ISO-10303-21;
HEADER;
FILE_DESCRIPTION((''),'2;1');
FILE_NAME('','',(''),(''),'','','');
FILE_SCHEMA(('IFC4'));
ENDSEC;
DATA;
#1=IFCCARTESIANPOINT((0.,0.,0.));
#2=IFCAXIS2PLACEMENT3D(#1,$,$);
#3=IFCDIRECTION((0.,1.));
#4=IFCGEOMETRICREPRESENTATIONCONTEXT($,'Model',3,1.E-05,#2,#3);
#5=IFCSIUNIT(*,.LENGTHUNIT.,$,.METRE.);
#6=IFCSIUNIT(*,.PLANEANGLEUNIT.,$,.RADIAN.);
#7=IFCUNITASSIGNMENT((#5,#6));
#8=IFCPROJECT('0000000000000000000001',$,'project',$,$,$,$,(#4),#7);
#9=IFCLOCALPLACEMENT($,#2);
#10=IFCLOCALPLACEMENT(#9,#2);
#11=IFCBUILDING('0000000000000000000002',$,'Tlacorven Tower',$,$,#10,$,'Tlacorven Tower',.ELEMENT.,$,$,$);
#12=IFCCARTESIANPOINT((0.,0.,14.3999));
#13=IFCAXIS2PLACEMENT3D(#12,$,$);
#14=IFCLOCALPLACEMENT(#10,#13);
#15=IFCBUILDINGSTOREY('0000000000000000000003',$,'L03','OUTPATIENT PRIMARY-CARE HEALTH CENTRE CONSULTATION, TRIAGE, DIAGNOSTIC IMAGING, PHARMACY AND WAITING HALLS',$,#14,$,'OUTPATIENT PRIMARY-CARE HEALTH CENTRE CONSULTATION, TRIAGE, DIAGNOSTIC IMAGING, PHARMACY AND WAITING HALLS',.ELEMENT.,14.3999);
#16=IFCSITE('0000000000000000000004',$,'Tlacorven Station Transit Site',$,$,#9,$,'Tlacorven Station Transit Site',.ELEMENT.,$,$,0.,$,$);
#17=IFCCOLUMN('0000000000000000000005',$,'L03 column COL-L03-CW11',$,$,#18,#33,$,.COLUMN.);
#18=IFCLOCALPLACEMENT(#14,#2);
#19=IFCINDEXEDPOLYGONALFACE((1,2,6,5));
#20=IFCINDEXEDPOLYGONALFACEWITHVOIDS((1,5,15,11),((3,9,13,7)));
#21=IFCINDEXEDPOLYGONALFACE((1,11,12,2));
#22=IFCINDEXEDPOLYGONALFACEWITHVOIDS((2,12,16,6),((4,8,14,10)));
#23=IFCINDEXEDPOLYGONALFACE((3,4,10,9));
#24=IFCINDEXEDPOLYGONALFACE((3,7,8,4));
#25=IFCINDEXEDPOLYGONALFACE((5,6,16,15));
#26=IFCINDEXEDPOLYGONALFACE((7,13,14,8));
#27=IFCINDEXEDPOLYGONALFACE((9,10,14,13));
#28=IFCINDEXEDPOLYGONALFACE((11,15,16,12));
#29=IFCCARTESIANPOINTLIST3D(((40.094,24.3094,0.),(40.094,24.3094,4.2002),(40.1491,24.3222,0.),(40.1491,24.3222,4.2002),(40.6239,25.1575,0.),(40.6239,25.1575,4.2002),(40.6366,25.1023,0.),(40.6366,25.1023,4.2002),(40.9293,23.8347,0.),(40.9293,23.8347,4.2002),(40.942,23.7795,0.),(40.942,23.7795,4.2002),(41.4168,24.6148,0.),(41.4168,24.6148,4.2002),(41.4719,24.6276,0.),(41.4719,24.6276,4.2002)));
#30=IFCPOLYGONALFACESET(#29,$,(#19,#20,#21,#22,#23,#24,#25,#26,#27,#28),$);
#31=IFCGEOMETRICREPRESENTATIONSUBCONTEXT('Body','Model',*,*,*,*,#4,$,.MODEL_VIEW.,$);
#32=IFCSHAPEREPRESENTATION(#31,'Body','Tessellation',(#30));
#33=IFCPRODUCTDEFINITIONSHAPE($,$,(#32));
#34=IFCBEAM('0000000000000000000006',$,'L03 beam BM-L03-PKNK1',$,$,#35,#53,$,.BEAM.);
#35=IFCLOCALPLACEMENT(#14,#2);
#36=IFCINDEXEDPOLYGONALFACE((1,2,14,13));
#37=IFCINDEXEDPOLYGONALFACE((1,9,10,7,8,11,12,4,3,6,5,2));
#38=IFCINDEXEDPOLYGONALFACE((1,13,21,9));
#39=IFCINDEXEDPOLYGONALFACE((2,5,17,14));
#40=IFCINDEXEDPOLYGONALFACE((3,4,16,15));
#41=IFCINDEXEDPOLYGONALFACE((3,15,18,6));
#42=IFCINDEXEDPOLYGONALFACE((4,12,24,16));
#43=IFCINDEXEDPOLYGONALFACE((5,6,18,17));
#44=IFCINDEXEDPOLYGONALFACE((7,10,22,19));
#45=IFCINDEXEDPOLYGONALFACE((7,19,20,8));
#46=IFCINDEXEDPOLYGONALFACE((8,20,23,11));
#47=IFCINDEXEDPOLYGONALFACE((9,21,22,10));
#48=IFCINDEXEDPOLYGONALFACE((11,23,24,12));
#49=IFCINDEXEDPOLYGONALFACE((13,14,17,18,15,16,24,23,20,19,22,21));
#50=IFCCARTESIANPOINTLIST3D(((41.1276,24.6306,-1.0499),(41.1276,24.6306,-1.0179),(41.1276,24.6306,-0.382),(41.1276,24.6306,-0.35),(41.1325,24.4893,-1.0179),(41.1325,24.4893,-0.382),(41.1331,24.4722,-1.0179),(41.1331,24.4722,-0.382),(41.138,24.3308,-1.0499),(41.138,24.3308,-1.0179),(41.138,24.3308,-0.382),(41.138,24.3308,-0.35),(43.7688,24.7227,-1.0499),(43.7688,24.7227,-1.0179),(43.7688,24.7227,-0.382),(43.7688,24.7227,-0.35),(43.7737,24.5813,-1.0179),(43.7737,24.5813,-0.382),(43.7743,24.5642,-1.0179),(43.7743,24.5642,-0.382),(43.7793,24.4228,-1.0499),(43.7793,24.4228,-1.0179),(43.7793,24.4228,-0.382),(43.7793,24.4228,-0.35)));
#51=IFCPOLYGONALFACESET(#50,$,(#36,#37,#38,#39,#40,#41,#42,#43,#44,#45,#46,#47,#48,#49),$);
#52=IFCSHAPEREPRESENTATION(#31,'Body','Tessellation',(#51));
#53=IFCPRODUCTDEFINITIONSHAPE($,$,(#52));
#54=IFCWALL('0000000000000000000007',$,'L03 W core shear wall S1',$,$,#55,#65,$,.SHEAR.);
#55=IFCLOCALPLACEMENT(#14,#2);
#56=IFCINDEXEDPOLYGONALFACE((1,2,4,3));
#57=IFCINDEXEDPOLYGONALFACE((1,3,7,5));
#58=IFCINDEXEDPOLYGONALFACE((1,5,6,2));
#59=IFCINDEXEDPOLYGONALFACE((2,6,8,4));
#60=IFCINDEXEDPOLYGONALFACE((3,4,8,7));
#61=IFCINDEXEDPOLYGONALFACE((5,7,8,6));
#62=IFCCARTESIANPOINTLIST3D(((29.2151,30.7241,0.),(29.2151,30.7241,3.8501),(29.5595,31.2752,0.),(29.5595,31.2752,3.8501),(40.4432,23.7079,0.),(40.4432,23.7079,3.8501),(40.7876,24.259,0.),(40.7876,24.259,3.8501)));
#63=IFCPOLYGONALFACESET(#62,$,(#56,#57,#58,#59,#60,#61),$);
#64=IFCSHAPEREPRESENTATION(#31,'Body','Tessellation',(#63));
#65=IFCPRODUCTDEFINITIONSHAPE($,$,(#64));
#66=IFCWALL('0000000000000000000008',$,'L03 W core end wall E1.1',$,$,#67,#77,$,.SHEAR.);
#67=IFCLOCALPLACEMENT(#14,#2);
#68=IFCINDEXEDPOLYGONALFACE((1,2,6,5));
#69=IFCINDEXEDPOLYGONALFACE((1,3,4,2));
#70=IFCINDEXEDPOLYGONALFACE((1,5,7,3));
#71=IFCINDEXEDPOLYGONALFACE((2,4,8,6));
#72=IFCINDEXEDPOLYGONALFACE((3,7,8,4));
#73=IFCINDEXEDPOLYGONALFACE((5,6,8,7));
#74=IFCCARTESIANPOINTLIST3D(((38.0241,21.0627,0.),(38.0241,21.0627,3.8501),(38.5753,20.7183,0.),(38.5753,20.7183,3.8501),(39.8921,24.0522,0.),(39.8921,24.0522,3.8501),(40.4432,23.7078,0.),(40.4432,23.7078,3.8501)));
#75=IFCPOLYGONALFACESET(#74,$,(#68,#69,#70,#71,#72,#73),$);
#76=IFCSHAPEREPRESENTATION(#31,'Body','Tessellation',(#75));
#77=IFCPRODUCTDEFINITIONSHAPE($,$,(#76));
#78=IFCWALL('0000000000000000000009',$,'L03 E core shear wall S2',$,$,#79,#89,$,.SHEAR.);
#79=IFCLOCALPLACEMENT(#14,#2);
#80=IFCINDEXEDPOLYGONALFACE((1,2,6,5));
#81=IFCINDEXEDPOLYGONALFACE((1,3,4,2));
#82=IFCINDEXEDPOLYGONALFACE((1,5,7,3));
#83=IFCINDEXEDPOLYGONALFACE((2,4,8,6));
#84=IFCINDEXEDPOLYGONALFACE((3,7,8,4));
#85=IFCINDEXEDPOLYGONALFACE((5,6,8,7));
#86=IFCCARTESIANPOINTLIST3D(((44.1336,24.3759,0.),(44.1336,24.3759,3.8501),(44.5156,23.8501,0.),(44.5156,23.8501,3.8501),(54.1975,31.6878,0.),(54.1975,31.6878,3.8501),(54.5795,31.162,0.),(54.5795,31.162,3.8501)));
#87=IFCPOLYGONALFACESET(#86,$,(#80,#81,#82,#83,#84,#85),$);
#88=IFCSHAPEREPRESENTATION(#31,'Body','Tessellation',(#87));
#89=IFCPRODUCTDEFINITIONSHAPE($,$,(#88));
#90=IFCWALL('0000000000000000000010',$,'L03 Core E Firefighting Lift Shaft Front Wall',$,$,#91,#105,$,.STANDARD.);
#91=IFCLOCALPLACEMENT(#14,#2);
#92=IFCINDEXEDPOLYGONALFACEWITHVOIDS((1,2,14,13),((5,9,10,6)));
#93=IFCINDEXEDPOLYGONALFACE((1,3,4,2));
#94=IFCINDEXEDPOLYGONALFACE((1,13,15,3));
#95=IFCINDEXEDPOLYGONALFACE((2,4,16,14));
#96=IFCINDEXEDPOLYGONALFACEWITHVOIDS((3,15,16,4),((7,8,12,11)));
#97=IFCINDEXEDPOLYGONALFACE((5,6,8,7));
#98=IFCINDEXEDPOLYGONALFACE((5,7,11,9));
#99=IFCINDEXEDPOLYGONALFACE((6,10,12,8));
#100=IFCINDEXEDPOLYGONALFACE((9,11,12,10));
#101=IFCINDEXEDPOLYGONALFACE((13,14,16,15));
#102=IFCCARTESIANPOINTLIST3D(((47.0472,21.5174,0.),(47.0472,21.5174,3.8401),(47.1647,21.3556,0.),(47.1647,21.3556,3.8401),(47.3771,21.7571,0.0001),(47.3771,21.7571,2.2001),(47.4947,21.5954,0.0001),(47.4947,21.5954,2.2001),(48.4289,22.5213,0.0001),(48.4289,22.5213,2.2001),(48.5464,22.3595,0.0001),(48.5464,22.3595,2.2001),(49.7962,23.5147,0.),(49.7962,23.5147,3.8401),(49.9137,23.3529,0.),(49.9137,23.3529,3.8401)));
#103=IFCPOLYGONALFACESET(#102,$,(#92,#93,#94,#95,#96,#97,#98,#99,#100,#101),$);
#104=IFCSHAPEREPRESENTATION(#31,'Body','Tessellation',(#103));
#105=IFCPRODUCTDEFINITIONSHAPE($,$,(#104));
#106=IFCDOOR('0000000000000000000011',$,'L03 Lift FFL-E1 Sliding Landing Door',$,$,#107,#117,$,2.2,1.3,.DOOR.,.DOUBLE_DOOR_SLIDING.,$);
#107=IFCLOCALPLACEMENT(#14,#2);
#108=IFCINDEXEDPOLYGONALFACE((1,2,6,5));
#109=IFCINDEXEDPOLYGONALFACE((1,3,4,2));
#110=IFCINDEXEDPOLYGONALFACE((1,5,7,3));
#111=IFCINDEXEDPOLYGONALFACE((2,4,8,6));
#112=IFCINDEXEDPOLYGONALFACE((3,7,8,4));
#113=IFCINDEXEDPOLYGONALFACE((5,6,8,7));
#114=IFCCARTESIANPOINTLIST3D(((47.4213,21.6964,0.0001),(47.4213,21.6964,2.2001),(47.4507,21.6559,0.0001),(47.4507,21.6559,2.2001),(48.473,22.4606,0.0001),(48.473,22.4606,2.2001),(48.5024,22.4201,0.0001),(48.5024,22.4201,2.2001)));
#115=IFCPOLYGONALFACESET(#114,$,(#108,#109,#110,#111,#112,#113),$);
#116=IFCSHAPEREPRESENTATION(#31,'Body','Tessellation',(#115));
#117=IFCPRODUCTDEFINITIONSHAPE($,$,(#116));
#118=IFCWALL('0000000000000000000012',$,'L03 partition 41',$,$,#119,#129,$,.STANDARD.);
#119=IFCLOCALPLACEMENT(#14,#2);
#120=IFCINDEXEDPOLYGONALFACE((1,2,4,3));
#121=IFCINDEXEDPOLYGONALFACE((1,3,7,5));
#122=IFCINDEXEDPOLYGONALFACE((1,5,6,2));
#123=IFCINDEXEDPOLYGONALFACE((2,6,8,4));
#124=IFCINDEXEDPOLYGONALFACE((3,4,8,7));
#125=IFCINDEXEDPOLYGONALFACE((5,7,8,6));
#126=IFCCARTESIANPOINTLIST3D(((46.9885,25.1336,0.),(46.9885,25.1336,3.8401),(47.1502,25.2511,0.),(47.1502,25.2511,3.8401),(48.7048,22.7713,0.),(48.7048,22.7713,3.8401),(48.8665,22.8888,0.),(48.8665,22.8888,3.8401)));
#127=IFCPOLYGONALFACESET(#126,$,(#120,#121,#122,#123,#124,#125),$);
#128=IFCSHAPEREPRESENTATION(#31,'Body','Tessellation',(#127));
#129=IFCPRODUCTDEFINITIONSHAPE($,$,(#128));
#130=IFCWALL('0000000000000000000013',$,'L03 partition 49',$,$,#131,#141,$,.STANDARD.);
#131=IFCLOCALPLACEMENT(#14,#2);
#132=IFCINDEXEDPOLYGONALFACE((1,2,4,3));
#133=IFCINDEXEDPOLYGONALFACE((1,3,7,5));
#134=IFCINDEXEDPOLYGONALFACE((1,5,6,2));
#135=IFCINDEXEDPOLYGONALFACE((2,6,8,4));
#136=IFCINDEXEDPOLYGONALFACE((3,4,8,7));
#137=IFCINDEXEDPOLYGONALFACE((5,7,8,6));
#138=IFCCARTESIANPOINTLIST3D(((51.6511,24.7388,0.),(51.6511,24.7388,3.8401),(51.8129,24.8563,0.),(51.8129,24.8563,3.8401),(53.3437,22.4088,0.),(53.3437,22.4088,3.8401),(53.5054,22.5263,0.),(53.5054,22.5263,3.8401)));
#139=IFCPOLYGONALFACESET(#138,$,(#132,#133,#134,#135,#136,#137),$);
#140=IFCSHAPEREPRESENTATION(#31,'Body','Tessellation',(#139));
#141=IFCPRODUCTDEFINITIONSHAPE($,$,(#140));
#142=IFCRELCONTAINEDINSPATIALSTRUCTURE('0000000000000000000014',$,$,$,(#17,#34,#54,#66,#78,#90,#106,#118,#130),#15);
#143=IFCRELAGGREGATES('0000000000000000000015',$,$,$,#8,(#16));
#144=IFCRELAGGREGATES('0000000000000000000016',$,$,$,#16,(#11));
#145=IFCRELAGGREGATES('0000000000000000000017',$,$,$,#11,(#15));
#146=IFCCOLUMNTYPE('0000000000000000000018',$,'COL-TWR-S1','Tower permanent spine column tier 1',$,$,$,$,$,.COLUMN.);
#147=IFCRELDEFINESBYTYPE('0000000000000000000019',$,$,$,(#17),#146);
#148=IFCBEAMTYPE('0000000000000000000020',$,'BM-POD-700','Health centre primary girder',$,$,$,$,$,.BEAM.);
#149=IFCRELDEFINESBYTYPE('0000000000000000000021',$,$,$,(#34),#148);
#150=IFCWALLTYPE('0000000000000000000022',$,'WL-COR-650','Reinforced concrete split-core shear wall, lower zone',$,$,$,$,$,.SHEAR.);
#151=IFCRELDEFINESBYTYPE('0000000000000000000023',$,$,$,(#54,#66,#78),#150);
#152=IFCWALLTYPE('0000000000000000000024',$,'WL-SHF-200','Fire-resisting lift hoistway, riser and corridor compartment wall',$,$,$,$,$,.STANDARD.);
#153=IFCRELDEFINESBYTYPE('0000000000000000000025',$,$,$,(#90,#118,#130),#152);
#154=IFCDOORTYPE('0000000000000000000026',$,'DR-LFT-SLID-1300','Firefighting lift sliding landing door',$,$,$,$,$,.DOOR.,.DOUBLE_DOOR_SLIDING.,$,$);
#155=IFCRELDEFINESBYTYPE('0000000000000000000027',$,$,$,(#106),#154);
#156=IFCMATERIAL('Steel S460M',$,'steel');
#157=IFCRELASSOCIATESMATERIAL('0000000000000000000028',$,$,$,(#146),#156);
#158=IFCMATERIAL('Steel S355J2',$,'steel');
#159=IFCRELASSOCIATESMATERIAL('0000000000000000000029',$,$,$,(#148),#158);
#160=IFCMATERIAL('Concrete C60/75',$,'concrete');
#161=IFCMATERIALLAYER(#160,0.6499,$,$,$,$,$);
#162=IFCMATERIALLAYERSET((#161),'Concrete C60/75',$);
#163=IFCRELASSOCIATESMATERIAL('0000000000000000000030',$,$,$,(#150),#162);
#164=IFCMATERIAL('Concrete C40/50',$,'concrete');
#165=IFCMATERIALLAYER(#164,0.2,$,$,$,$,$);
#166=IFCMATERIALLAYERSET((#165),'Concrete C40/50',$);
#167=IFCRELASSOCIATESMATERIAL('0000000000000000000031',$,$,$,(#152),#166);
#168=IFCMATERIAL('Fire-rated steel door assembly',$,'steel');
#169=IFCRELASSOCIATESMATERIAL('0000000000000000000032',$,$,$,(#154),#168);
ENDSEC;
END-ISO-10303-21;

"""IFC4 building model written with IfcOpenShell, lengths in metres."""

from ifc_helpers import new_model, si_unit, direction, frame, frame_2d, origin, origin_2d, place, context, subcontext, project, spatial, rectangle, hollow_rectangle, i_section, extrude, source, transform, mapped, material, layer, layer_set, material_profile, profile_set, type_object, element, fill, save


model = new_model("IFC4")

# Units and contexts
model_context = context("Model", 3, precision=1e-05, world=origin(), true_north=direction((0.0, 1.0)))
body_context = subcontext(model_context, "Body", "Model", "MODEL_VIEW")
ifc_project = project(units=[si_unit("LENGTHUNIT", "METRE"), si_unit("PLANEANGLEUNIT", "RADIAN")], contexts=[model_context])

# Site, building, storey
site_placement = place(None, origin())
site = spatial("IfcSite", under=ifc_project, at=site_placement, Name="Tlacorven Station Transit Site", LongName="Tlacorven Station Transit Site", CompositionType="ELEMENT", RefElevation=0.0)
building_placement = place(site_placement, origin())
building = spatial("IfcBuilding", under=site, at=building_placement, Name="Tlacorven Tower", LongName="Tlacorven Tower", CompositionType="ELEMENT")
storey_placement = place(building_placement, frame((0.0, 0.0, 14.3999)))
storey = spatial("IfcBuildingStorey", under=building, at=storey_placement, Name="L03", Description="OUTPATIENT PRIMARY-CARE HEALTH CENTRE CONSULTATION, TRIAGE, DIAGNOSTIC IMAGING, PHARMACY AND WAITING HALLS", LongName="OUTPATIENT PRIMARY-CARE HEALTH CENTRE CONSULTATION, TRIAGE, DIAGNOSTIC IMAGING, PHARMACY AND WAITING HALLS", CompositionType="ELEMENT", Elevation=14.3999)

# Column
ifc_material_1 = material(Name="Steel S460M", Category="steel")
ifc_material_profile_1 = material_profile(ifc_material_1, hollow_rectangle(XDim=1.0, YDim=1.0, WallThickness=0.04, at=origin_2d()), Name="BOX 1000X1000X40")
ifc_profile_set_1 = profile_set([ifc_material_profile_1], Name="Steel S460M")
column_type = type_object("IfcColumnType", Name="COL-TWR-S1", Description="Tower permanent spine column tier 1", PredefinedType="COLUMN", material=ifc_profile_set_1)
shared_shape_1 = source(origin(), body_context, "Body", "SweptSolid", [
    extrude(hollow_rectangle(XDim=1.0, YDim=1.0, WallThickness=0.04, at=origin_2d()), origin(), (0.0, 0.0, 1.0), 4.2002),
])
column_placement = place(storey_placement, frame((40.783, 24.4685, 0.0), z_axis=(0.0, 0.0, 1.0), x_axis=(-0.848048, 0.529919, 0.0)))
element("IfcColumn", 1, at=column_placement, inside=storey, type_object=column_type, Name="L03 column COL-L03-CW11", PredefinedType="COLUMN", context=body_context, shape_type="MappedRepresentation", body=[
    mapped(shared_shape_1, transform((0.0, 0.0, 0.0), scale=1.0)),
])

# Beam
ifc_material_2 = material(Name="Steel S355J2", Category="steel")
ifc_material_profile_2 = material_profile(ifc_material_2, i_section(OverallWidth=0.3, OverallDepth=0.7, WebThickness=0.0171, FlangeThickness=0.032, at=origin_2d()), Name="HEB 700")
ifc_profile_set_2 = profile_set([ifc_material_profile_2], Name="Steel S355J2")
beam_type = type_object("IfcBeamType", Name="BM-POD-700", Description="Health centre primary girder", PredefinedType="BEAM", material=ifc_profile_set_2)
shared_shape_2 = source(origin(), body_context, "Body", "SweptSolid", [
    extrude(i_section(OverallWidth=0.3, OverallDepth=0.7, WebThickness=0.0171, FlangeThickness=0.032, at=origin_2d()), origin(), (0.0, 0.0, 1.0), 2.6428),
])
beam_placement = place(storey_placement, frame((41.1328, 24.4807, -0.7), z_axis=(0.999393, 0.034828, 0.0), x_axis=(-0.034828, 0.999393, 0.0)))
element("IfcBeam", 2, at=beam_placement, inside=storey, type_object=beam_type, Name="L03 beam BM-L03-PKNK1", PredefinedType="BEAM", context=body_context, shape_type="MappedRepresentation", body=[
    mapped(shared_shape_2, transform((0.0, 0.0, 0.0), scale=1.0)),
])

# Walls
ifc_material_3 = material(Name="Concrete C60/75", Category="concrete")
ifc_layer_1 = layer(ifc_material_3, 0.6499)
ifc_layer_set_1 = layer_set([ifc_layer_1], Name="Concrete C60/75")
wall_type_1 = type_object("IfcWallType", Name="WL-COR-650", Description="Reinforced concrete split-core shear wall, lower zone", PredefinedType="SHEAR", material=ifc_layer_set_1)
wall_1_placement = place(storey_placement, frame((40.6155, 23.9834, 0.0), z_axis=(0.0, 0.0, 1.0), x_axis=(-0.848046, 0.529923, 0.0)))
element("IfcWall", 3, at=wall_1_placement, inside=storey, type_object=wall_type_1, Name="L03 W core shear wall S1", PredefinedType="SHEAR", context=body_context, shape_type="SweptSolid", body=[
    extrude(rectangle(XDim=13.24, YDim=0.6499, at=frame_2d((6.6201, 0.0))), origin(), (0.0, 0.0, 1.0), 3.8501),
])
wall_2_placement = place(storey_placement, frame((40.1677, 23.8801, 0.0), z_axis=(0.0, 0.0, 1.0), x_axis=(-0.529893, -0.848064, 0.0)))
element("IfcWall", 4, at=wall_2_placement, inside=storey, type_object=wall_type_1, Name="L03 W core end wall E1.1", PredefinedType="SHEAR", context=body_context, shape_type="SweptSolid", body=[
    extrude(rectangle(XDim=3.5251, YDim=0.6499, at=frame_2d((1.7627, 0.0))), origin(), (0.0, 0.0, 1.0), 3.8501),
])
wall_3_placement = place(storey_placement, frame((44.3247, 24.113, 0.0), z_axis=(0.0, 0.0, 1.0), x_axis=(0.809013, 0.587791, 0.0)))
element("IfcWall", 5, at=wall_3_placement, inside=storey, type_object=wall_type_1, Name="L03 E core shear wall S2", PredefinedType="SHEAR", context=body_context, shape_type="SweptSolid", body=[
    extrude(rectangle(XDim=12.4397, YDim=0.6499, at=frame_2d((6.2197, 0.0))), origin(), (0.0, 0.0, 1.0), 3.8501),
])

# Wall, opening, door
ifc_material_4 = material(Name="Concrete C40/50", Category="concrete")
ifc_layer_2 = layer(ifc_material_4, 0.2)
ifc_layer_set_2 = layer_set([ifc_layer_2], Name="Concrete C40/50")
wall_type_2 = type_object("IfcWallType", Name="WL-SHF-200", Description="Fire-resisting lift hoistway, riser and corridor compartment wall", PredefinedType="STANDARD", material=ifc_layer_set_2)
wall_4_placement = place(storey_placement, frame((47.106, 21.4365, 0.0), z_axis=(0.0, 0.0, 1.0), x_axis=(0.809013, 0.587791, 0.0)))
wall_4 = element("IfcWall", 6, at=wall_4_placement, inside=storey, type_object=wall_type_2, Name="L03 Core E Firefighting Lift Shaft Front Wall", PredefinedType="STANDARD", context=body_context, shape_type="SweptSolid", body=[
    extrude(rectangle(XDim=3.3979, YDim=0.2, at=frame_2d((1.699, 0.0))), origin(), (0.0, 0.0, 1.0), 3.8401),
])
opening_1_placement = place(wall_4_placement, frame((0.408, 0.0, 0.0)))
opening_1 = element("IfcOpeningElement", 7, at=opening_1_placement, cuts=wall_4, PredefinedType="OPENING", context=body_context, shape_type="SweptSolid", body=[
    extrude(rectangle(XDim=1.3, YDim=2.2, at=frame_2d((0.6499, 1.1001))), frame((0.0, 0.1099, 0.0), z_axis=(0.0, -1.0, 0.0), x_axis=(1.0, 0.0, 0.0)), (0.0, 0.0, 1.0), 0.22),
])
ifc_material_5 = material(Name="Fire-rated steel door assembly", Category="steel")
door_type_1 = type_object("IfcDoorType", Name="DR-LFT-SLID-1300", Description="Firefighting lift sliding landing door", OperationType="DOUBLE_DOOR_SLIDING", PredefinedType="DOOR", material=ifc_material_5)
shared_shape_3 = source(origin(), body_context, "Body", "SweptSolid", [
    extrude(rectangle(XDim=1.3, YDim=2.2, at=frame_2d((0.6499, 1.1001))), frame((0.0, 0.0249, 0.0), z_axis=(0.0, -1.0, 0.0), x_axis=(1.0, 0.0, 0.0)), (0.0, 0.0, 1.0), 0.05),
])
door_1_placement = place(opening_1_placement, origin())
door_1 = element("IfcDoor", 8, at=door_1_placement, inside=storey, type_object=door_type_1, Name="L03 Lift FFL-E1 Sliding Landing Door", OperationType="DOUBLE_DOOR_SLIDING", OverallHeight=2.2, OverallWidth=1.3, PredefinedType="DOOR", context=body_context, shape_type="MappedRepresentation", body=[
    mapped(shared_shape_3, transform((0.0, 0.0, 0.0), scale=1.0)),
])
fill(opening_1, door_1)

# Walls
wall_5_placement = place(storey_placement, frame((48.7856, 22.8301, 0.0), z_axis=(0.0, 0.0, 1.0), x_axis=(-0.587784, 0.809018, 0.0)))
element("IfcWall", 9, at=wall_5_placement, inside=storey, type_object=wall_type_2, Name="L03 partition 41", PredefinedType="STANDARD", context=body_context, shape_type="SweptSolid", body=[
    extrude(rectangle(XDim=2.9199, YDim=0.2, at=frame_2d((1.46, 0.0))), origin(), (0.0, 0.0, 1.0), 3.8401),
])
wall_6_placement = place(storey_placement, frame((53.4246, 22.4675, 0.0), z_axis=(0.0, 0.0, 1.0), x_axis=(-0.587723, 0.809062, 0.0)))
element("IfcWall", 10, at=wall_6_placement, inside=storey, type_object=wall_type_2, Name="L03 partition 49", PredefinedType="STANDARD", context=body_context, shape_type="SweptSolid", body=[
    extrude(rectangle(XDim=2.8799, YDim=0.2, at=frame_2d((1.4399, 0.0))), origin(), (0.0, 0.0, 1.0), 3.8401),
])

save(model, "model.ifc")
